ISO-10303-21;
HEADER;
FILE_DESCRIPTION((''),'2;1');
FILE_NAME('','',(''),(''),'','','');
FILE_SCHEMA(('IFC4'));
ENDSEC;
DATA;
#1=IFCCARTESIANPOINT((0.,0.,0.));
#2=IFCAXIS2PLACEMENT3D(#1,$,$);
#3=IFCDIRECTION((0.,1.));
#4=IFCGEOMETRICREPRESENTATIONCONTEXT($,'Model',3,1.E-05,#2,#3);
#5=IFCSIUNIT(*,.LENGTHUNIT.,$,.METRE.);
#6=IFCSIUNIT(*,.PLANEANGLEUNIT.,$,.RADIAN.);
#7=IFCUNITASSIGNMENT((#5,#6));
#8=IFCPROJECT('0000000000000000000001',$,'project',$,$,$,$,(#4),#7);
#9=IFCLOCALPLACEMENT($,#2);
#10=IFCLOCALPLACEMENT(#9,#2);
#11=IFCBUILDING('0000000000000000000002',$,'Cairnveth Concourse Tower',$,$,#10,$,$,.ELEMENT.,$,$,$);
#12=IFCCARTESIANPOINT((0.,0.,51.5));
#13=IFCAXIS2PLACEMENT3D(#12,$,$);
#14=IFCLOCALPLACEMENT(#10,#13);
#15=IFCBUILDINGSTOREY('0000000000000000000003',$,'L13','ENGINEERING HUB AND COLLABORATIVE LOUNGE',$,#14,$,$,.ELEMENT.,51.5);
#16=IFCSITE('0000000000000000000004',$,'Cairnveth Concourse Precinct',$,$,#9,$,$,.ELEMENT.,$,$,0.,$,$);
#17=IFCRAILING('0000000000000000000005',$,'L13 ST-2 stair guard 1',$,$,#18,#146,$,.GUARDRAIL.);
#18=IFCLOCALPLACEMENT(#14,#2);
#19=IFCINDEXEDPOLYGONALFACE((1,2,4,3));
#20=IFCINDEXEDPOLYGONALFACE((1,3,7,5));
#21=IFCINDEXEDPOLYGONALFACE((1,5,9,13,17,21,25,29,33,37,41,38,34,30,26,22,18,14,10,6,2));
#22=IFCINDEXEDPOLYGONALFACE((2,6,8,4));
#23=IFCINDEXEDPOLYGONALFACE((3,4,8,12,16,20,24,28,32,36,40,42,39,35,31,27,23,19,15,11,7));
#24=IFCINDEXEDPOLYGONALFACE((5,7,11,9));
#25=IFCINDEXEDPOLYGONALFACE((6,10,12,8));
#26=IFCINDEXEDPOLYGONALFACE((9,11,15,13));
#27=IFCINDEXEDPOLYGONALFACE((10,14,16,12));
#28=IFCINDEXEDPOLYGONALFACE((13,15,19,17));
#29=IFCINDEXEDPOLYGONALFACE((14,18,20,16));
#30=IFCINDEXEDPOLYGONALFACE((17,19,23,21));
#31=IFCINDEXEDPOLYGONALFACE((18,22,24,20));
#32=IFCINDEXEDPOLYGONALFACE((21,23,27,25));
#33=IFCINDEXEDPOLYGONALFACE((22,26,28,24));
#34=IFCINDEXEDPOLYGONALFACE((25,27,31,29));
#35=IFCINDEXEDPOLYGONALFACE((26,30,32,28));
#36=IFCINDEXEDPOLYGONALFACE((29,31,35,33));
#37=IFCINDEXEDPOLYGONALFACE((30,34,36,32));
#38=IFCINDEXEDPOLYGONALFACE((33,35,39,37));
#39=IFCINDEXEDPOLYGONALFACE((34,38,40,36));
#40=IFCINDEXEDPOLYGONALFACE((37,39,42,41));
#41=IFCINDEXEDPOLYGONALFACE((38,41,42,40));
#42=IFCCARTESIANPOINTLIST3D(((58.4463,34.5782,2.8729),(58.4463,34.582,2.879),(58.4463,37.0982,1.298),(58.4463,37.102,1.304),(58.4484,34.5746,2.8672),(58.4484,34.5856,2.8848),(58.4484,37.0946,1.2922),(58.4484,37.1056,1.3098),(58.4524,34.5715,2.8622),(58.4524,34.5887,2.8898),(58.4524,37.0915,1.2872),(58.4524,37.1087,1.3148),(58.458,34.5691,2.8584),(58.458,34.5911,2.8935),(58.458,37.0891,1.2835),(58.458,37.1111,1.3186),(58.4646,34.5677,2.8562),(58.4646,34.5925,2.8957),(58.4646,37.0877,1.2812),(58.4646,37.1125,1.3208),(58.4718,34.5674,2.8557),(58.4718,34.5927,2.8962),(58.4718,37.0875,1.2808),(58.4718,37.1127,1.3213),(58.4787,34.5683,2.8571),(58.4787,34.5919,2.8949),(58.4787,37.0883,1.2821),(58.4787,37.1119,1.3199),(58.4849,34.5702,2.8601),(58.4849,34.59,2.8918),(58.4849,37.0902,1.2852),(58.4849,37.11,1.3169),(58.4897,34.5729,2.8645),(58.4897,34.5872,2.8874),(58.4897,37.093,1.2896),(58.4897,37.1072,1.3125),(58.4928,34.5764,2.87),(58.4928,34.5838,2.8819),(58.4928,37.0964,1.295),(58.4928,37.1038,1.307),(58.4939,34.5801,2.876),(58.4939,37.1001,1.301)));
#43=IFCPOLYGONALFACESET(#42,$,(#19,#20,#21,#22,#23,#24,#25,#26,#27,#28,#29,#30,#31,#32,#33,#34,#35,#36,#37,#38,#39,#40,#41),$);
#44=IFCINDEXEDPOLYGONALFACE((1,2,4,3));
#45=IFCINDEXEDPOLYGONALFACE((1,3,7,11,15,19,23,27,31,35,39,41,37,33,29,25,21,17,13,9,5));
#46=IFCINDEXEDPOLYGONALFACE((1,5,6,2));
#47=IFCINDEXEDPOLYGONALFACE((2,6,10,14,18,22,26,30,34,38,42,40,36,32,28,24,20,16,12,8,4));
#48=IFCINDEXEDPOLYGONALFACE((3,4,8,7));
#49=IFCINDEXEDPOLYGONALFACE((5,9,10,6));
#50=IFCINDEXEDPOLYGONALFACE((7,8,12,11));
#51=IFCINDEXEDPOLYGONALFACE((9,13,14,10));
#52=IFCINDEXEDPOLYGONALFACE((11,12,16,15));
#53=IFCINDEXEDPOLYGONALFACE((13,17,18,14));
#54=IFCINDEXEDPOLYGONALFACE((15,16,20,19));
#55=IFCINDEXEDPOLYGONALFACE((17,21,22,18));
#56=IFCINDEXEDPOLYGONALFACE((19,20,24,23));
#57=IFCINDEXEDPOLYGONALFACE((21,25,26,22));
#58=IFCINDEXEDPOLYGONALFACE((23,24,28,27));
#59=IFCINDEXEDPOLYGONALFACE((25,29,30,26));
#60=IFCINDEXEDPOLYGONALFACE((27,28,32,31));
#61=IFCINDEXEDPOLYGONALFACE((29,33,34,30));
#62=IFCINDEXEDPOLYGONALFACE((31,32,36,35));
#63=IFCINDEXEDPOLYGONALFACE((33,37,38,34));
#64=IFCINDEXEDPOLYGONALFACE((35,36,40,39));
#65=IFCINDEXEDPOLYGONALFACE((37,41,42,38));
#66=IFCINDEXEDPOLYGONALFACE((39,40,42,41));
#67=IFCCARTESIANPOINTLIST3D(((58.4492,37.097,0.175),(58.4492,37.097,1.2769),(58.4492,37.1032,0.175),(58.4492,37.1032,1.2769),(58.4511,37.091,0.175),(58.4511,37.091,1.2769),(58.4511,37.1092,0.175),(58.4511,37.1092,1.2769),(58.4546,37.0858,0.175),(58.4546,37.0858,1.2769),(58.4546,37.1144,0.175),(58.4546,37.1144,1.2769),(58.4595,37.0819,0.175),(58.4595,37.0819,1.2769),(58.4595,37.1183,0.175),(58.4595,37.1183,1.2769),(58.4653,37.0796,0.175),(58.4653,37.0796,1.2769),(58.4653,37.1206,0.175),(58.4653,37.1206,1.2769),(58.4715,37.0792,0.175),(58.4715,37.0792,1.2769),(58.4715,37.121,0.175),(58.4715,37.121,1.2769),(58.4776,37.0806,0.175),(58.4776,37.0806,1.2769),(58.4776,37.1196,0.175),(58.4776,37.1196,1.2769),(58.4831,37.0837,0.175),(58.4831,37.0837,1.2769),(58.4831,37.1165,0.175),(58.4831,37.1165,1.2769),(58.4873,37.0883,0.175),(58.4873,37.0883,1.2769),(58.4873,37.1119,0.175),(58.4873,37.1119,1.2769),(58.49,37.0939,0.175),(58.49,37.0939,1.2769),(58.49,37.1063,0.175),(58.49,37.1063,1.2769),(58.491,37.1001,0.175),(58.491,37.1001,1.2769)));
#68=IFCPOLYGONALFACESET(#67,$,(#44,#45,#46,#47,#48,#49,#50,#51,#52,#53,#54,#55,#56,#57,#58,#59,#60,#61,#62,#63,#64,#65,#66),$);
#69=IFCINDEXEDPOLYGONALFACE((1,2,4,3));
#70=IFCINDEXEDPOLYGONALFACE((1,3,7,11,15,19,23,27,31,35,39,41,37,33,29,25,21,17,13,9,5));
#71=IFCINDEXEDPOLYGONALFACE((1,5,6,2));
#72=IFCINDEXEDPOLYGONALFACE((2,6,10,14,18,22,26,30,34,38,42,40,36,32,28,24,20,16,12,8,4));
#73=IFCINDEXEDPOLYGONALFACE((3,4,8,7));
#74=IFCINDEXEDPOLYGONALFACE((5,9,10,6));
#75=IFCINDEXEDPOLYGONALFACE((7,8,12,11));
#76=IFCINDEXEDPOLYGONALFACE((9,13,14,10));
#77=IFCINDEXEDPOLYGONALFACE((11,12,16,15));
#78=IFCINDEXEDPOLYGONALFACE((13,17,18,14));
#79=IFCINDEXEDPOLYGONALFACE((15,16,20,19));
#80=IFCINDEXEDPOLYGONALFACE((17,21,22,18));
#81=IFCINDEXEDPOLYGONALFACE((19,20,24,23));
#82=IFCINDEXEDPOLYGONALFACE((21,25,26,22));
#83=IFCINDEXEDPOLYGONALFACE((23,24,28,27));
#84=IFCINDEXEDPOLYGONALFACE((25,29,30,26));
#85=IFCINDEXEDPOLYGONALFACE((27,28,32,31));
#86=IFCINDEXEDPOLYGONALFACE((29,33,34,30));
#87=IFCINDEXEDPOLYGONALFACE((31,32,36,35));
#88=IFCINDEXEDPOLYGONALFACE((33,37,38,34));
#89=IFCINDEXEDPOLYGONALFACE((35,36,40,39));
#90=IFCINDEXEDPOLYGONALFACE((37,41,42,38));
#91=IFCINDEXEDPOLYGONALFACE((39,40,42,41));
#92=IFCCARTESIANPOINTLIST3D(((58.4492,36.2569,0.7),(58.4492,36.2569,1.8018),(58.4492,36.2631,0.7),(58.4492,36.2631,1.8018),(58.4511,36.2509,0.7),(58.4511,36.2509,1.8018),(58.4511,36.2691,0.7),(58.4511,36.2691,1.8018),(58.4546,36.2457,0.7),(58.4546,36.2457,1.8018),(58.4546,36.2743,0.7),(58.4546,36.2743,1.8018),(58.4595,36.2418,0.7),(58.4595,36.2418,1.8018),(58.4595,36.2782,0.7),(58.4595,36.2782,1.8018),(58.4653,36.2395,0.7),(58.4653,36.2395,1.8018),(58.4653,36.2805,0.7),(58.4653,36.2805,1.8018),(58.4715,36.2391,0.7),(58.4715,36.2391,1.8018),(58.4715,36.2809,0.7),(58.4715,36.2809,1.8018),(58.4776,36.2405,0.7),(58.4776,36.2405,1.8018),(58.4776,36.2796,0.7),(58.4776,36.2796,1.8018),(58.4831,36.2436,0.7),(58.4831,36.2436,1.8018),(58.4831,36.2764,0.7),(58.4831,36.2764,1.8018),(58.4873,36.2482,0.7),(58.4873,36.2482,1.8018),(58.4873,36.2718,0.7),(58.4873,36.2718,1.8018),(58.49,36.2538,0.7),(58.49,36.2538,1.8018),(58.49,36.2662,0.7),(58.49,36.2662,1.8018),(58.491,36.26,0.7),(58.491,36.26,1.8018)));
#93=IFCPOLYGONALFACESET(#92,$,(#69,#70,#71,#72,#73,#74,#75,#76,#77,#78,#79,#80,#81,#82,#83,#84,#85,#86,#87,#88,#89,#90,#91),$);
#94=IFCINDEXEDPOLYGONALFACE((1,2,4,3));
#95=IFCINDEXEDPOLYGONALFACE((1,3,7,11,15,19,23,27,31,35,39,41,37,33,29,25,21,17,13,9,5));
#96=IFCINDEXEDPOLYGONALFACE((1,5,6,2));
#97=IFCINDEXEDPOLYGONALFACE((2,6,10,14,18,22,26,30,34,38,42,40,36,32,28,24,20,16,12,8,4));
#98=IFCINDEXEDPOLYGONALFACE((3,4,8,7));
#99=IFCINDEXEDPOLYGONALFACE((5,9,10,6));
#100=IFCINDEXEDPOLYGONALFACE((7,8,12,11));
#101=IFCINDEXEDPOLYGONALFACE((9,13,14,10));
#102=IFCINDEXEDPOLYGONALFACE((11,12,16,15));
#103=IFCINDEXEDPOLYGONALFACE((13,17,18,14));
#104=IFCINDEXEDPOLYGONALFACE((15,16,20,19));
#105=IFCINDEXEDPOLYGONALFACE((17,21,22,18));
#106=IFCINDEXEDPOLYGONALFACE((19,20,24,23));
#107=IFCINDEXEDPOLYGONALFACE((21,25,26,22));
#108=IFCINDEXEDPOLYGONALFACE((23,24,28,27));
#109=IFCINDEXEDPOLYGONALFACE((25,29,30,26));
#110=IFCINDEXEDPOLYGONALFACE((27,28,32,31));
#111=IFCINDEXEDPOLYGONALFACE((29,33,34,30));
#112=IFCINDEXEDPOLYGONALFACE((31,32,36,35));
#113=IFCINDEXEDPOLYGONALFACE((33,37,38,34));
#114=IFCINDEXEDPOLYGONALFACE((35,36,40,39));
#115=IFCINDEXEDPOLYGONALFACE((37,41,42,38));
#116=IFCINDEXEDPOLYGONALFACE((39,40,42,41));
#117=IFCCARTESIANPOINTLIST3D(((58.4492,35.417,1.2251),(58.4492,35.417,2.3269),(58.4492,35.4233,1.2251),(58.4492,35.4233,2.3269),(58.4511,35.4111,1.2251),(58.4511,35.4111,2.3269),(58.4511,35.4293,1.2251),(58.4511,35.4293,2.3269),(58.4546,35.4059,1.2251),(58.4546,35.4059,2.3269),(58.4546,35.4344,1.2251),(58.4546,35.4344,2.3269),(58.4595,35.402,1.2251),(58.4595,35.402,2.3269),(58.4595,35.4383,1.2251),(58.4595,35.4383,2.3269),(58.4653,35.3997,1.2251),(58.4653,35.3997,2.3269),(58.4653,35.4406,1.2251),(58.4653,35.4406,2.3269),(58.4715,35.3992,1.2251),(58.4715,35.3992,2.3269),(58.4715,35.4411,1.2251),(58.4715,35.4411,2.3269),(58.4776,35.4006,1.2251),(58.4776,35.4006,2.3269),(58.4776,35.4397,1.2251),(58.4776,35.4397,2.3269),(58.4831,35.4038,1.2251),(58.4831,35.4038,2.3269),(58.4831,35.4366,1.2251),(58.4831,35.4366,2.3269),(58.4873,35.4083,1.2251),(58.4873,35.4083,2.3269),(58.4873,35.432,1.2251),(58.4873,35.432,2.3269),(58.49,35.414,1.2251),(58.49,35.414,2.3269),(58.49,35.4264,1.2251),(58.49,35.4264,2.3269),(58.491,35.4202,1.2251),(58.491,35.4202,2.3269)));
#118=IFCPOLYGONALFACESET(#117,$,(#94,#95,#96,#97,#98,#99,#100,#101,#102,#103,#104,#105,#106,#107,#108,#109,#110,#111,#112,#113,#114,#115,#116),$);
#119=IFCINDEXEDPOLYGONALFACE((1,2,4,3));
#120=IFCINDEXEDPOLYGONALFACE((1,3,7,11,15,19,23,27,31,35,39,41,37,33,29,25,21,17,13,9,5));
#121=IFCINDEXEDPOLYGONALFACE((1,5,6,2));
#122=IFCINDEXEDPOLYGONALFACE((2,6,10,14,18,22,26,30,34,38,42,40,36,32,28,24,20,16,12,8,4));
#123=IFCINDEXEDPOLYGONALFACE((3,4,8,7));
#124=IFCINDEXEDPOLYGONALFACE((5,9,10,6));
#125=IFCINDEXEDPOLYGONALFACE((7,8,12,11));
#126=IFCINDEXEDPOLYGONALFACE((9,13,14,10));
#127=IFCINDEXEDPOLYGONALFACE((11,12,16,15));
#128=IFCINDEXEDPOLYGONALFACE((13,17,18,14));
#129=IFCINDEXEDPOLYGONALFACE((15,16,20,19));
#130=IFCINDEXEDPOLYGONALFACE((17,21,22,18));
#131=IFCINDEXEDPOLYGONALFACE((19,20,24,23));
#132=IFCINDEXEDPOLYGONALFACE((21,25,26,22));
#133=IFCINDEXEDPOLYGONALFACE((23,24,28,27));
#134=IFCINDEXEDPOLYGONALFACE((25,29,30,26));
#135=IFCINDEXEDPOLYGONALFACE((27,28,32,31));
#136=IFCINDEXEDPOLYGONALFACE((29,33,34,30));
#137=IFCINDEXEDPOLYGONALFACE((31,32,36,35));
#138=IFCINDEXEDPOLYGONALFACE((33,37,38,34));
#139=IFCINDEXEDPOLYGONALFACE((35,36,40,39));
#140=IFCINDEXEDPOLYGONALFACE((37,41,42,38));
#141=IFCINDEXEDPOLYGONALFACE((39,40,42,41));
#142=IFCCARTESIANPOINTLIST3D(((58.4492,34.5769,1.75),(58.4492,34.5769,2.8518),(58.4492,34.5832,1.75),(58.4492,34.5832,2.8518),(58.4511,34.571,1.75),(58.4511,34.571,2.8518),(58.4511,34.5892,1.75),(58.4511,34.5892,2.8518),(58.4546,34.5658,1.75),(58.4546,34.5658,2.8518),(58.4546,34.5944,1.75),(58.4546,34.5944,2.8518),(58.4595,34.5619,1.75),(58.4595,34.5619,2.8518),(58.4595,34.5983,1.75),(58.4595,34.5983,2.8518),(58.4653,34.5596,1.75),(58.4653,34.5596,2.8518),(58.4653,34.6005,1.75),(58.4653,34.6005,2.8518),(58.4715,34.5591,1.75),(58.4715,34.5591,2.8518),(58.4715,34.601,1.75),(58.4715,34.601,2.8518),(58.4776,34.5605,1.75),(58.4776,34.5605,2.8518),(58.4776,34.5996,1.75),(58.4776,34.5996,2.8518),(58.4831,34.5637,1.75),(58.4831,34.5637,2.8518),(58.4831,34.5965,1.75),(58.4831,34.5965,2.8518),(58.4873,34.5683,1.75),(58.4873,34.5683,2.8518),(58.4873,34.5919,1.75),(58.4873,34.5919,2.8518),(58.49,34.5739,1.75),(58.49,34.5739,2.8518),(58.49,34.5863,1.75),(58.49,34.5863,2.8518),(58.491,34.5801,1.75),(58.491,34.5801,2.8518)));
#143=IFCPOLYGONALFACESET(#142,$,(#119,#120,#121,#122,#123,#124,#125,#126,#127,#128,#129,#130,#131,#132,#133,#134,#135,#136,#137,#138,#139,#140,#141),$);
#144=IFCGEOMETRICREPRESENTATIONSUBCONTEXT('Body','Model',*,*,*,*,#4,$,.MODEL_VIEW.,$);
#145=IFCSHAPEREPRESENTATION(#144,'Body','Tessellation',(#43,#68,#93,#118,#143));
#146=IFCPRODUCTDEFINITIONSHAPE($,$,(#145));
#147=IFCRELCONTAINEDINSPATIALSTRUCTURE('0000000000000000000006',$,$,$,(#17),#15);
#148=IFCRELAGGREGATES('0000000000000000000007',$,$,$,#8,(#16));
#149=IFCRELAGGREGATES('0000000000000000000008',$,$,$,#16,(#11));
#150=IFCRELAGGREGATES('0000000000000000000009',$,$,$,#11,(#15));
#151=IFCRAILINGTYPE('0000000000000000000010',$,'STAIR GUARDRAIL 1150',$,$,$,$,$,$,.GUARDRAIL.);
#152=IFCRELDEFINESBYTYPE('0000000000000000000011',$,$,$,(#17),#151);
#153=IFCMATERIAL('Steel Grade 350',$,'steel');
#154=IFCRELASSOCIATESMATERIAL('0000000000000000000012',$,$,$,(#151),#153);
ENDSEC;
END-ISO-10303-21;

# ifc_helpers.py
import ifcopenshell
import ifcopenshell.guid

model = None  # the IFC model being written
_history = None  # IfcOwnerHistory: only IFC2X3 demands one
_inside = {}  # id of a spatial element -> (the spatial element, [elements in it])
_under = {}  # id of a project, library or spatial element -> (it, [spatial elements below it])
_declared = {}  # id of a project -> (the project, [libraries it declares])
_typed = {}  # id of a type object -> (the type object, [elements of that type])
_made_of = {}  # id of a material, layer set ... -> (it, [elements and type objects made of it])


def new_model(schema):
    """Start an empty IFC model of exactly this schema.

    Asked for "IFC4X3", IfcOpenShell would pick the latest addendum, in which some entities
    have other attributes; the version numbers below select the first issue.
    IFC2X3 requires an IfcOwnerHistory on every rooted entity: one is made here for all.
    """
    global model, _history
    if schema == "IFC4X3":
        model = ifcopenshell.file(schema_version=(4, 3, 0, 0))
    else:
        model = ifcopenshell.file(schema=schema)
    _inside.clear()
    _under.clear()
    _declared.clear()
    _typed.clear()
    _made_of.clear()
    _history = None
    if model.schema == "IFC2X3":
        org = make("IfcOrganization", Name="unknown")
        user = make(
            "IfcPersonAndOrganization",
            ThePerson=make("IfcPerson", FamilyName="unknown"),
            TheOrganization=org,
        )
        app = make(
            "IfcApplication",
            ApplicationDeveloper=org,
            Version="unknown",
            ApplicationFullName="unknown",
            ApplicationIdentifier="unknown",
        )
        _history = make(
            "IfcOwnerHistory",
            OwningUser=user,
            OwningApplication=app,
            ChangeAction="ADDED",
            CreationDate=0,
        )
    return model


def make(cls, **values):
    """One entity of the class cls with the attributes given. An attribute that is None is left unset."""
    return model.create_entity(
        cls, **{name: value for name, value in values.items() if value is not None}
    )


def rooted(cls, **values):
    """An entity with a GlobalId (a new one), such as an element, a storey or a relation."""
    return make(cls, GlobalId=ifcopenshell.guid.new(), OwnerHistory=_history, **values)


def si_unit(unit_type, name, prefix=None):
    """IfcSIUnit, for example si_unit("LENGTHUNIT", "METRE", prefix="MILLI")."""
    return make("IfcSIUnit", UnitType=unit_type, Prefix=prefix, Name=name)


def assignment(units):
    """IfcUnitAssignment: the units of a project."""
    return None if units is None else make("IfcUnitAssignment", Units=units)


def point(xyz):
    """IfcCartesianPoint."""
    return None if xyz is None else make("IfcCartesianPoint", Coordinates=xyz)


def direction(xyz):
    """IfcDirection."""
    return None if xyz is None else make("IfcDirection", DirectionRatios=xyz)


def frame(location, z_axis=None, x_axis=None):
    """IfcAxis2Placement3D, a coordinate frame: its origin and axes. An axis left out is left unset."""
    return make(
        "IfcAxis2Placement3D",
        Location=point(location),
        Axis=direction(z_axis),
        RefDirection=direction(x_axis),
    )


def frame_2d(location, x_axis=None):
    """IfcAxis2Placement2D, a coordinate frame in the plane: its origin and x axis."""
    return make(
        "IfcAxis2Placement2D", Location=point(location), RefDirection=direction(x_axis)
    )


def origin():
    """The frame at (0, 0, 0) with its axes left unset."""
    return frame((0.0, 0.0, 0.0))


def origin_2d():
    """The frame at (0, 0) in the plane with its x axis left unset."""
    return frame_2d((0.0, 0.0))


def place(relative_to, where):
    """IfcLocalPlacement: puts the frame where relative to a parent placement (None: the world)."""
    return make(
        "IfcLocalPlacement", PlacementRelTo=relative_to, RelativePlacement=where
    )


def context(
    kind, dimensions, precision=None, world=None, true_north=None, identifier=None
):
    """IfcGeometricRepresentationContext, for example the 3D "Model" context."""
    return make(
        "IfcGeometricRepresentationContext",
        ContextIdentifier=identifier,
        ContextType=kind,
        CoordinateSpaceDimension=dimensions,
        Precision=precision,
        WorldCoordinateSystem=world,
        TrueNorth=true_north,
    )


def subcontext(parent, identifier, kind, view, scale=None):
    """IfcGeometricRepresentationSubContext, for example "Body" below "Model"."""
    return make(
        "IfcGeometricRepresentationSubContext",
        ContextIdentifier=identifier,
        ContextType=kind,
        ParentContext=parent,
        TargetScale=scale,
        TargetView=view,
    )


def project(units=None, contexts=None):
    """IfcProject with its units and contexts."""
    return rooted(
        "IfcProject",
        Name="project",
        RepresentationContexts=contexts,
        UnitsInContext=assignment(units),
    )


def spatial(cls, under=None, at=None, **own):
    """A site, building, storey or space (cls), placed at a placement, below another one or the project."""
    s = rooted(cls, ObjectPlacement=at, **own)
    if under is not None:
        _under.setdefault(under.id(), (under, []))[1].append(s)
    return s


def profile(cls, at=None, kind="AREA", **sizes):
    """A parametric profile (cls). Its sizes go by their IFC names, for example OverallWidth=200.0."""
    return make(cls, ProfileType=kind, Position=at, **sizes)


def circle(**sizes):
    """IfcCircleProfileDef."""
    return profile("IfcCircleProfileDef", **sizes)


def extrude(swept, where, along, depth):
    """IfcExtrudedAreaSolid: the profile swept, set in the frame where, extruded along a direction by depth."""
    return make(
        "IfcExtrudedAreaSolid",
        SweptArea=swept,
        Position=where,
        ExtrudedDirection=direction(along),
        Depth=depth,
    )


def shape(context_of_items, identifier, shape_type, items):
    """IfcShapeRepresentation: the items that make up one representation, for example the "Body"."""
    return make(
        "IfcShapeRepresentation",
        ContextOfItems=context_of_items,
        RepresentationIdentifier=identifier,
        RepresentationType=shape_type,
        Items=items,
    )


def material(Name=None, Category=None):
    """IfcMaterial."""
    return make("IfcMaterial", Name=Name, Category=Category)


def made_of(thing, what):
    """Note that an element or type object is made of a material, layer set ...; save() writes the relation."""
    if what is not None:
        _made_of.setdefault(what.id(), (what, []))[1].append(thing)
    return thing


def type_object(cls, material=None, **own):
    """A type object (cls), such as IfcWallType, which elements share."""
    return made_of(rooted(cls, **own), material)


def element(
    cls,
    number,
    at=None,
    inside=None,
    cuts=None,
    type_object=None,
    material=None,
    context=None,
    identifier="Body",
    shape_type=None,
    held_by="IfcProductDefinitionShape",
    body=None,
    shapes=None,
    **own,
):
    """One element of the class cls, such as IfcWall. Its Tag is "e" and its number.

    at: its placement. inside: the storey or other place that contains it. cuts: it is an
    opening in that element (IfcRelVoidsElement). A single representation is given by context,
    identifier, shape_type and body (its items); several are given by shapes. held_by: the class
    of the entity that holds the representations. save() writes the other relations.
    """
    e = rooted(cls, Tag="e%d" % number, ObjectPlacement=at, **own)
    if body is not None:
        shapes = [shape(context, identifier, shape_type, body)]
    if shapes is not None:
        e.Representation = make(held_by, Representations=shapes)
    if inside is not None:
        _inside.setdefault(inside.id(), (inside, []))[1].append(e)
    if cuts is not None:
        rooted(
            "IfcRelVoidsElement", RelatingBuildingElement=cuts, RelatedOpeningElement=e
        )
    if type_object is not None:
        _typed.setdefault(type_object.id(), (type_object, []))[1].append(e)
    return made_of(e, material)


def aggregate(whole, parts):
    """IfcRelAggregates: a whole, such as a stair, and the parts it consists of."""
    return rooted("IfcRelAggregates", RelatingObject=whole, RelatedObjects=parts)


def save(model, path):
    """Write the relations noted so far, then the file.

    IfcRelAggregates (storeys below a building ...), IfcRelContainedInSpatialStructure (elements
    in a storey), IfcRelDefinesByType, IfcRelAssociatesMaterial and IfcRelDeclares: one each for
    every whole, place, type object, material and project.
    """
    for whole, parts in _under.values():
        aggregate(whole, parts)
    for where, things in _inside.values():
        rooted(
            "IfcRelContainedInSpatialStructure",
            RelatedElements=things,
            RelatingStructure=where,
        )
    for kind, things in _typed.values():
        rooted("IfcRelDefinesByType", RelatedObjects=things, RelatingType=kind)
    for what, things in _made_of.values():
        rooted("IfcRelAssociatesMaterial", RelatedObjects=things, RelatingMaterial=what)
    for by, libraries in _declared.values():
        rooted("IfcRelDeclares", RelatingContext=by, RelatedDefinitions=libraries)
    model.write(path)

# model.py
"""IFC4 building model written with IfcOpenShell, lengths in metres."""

from ifc_helpers import new_model, si_unit, direction, frame, origin, origin_2d, place, context, subcontext, project, spatial, circle, extrude, material, type_object, element, save


model = new_model("IFC4")

# Units and contexts
model_context = context("Model", 3, precision=1e-05, world=origin(), true_north=direction((0.0, 1.0)))
body_context = subcontext(model_context, "Body", "Model", "MODEL_VIEW")
ifc_project = project(units=[si_unit("LENGTHUNIT", "METRE"), si_unit("PLANEANGLEUNIT", "RADIAN")], contexts=[model_context])

# Site, building, storey
site_placement = place(None, origin())
site = spatial("IfcSite", under=ifc_project, at=site_placement, Name="Cairnveth Concourse Precinct", CompositionType="ELEMENT", RefElevation=0.0)
building_placement = place(site_placement, origin())
building = spatial("IfcBuilding", under=site, at=building_placement, Name="Cairnveth Concourse Tower", CompositionType="ELEMENT")
storey_placement = place(building_placement, frame((0.0, 0.0, 51.5)))
storey = spatial("IfcBuildingStorey", under=building, at=storey_placement, Name="L13", Description="ENGINEERING HUB AND COLLABORATIVE LOUNGE", CompositionType="ELEMENT", Elevation=51.5)

# Shared definitions
ifc_material_1 = material(Name="Steel Grade 350", Category="steel")

# Railing
railing_type_1 = type_object("IfcRailingType", Name="STAIR GUARDRAIL 1150", PredefinedType="GUARDRAIL", material=ifc_material_1)
railing_1_placement = place(storey_placement, frame((58.47, 37.1001, 0.175)))
element("IfcRailing", 1, at=railing_1_placement, inside=storey, type_object=railing_type_1, Name="L13 ST-2 stair guard 1", PredefinedType="GUARDRAIL", context=body_context, shape_type="SweptSolid", body=[
    extrude(circle(Radius=0.0239, at=origin_2d()), frame((0.0, 0.0, 1.126), z_axis=(0.0, -0.848008, 0.529984), x_axis=(1.0, 0.0, 0.0)), (0.0, 0.0, 1.0), 2.9717),
    extrude(circle(Radius=0.021, at=origin_2d()), origin(), (0.0, 0.0, 1.0), 1.1018),
    extrude(circle(Radius=0.021, at=origin_2d()), frame((0.0, -0.8401, 0.5249)), (0.0, 0.0, 1.0), 1.1018),
    extrude(circle(Radius=0.021, at=origin_2d()), frame((0.0, -1.6799, 1.05)), (0.0, 0.0, 1.0), 1.1018),
    extrude(circle(Radius=0.021, at=origin_2d()), frame((0.0, -2.52, 1.575)), (0.0, 0.0, 1.0), 1.1018),
])

save(model, "model.ifc")
